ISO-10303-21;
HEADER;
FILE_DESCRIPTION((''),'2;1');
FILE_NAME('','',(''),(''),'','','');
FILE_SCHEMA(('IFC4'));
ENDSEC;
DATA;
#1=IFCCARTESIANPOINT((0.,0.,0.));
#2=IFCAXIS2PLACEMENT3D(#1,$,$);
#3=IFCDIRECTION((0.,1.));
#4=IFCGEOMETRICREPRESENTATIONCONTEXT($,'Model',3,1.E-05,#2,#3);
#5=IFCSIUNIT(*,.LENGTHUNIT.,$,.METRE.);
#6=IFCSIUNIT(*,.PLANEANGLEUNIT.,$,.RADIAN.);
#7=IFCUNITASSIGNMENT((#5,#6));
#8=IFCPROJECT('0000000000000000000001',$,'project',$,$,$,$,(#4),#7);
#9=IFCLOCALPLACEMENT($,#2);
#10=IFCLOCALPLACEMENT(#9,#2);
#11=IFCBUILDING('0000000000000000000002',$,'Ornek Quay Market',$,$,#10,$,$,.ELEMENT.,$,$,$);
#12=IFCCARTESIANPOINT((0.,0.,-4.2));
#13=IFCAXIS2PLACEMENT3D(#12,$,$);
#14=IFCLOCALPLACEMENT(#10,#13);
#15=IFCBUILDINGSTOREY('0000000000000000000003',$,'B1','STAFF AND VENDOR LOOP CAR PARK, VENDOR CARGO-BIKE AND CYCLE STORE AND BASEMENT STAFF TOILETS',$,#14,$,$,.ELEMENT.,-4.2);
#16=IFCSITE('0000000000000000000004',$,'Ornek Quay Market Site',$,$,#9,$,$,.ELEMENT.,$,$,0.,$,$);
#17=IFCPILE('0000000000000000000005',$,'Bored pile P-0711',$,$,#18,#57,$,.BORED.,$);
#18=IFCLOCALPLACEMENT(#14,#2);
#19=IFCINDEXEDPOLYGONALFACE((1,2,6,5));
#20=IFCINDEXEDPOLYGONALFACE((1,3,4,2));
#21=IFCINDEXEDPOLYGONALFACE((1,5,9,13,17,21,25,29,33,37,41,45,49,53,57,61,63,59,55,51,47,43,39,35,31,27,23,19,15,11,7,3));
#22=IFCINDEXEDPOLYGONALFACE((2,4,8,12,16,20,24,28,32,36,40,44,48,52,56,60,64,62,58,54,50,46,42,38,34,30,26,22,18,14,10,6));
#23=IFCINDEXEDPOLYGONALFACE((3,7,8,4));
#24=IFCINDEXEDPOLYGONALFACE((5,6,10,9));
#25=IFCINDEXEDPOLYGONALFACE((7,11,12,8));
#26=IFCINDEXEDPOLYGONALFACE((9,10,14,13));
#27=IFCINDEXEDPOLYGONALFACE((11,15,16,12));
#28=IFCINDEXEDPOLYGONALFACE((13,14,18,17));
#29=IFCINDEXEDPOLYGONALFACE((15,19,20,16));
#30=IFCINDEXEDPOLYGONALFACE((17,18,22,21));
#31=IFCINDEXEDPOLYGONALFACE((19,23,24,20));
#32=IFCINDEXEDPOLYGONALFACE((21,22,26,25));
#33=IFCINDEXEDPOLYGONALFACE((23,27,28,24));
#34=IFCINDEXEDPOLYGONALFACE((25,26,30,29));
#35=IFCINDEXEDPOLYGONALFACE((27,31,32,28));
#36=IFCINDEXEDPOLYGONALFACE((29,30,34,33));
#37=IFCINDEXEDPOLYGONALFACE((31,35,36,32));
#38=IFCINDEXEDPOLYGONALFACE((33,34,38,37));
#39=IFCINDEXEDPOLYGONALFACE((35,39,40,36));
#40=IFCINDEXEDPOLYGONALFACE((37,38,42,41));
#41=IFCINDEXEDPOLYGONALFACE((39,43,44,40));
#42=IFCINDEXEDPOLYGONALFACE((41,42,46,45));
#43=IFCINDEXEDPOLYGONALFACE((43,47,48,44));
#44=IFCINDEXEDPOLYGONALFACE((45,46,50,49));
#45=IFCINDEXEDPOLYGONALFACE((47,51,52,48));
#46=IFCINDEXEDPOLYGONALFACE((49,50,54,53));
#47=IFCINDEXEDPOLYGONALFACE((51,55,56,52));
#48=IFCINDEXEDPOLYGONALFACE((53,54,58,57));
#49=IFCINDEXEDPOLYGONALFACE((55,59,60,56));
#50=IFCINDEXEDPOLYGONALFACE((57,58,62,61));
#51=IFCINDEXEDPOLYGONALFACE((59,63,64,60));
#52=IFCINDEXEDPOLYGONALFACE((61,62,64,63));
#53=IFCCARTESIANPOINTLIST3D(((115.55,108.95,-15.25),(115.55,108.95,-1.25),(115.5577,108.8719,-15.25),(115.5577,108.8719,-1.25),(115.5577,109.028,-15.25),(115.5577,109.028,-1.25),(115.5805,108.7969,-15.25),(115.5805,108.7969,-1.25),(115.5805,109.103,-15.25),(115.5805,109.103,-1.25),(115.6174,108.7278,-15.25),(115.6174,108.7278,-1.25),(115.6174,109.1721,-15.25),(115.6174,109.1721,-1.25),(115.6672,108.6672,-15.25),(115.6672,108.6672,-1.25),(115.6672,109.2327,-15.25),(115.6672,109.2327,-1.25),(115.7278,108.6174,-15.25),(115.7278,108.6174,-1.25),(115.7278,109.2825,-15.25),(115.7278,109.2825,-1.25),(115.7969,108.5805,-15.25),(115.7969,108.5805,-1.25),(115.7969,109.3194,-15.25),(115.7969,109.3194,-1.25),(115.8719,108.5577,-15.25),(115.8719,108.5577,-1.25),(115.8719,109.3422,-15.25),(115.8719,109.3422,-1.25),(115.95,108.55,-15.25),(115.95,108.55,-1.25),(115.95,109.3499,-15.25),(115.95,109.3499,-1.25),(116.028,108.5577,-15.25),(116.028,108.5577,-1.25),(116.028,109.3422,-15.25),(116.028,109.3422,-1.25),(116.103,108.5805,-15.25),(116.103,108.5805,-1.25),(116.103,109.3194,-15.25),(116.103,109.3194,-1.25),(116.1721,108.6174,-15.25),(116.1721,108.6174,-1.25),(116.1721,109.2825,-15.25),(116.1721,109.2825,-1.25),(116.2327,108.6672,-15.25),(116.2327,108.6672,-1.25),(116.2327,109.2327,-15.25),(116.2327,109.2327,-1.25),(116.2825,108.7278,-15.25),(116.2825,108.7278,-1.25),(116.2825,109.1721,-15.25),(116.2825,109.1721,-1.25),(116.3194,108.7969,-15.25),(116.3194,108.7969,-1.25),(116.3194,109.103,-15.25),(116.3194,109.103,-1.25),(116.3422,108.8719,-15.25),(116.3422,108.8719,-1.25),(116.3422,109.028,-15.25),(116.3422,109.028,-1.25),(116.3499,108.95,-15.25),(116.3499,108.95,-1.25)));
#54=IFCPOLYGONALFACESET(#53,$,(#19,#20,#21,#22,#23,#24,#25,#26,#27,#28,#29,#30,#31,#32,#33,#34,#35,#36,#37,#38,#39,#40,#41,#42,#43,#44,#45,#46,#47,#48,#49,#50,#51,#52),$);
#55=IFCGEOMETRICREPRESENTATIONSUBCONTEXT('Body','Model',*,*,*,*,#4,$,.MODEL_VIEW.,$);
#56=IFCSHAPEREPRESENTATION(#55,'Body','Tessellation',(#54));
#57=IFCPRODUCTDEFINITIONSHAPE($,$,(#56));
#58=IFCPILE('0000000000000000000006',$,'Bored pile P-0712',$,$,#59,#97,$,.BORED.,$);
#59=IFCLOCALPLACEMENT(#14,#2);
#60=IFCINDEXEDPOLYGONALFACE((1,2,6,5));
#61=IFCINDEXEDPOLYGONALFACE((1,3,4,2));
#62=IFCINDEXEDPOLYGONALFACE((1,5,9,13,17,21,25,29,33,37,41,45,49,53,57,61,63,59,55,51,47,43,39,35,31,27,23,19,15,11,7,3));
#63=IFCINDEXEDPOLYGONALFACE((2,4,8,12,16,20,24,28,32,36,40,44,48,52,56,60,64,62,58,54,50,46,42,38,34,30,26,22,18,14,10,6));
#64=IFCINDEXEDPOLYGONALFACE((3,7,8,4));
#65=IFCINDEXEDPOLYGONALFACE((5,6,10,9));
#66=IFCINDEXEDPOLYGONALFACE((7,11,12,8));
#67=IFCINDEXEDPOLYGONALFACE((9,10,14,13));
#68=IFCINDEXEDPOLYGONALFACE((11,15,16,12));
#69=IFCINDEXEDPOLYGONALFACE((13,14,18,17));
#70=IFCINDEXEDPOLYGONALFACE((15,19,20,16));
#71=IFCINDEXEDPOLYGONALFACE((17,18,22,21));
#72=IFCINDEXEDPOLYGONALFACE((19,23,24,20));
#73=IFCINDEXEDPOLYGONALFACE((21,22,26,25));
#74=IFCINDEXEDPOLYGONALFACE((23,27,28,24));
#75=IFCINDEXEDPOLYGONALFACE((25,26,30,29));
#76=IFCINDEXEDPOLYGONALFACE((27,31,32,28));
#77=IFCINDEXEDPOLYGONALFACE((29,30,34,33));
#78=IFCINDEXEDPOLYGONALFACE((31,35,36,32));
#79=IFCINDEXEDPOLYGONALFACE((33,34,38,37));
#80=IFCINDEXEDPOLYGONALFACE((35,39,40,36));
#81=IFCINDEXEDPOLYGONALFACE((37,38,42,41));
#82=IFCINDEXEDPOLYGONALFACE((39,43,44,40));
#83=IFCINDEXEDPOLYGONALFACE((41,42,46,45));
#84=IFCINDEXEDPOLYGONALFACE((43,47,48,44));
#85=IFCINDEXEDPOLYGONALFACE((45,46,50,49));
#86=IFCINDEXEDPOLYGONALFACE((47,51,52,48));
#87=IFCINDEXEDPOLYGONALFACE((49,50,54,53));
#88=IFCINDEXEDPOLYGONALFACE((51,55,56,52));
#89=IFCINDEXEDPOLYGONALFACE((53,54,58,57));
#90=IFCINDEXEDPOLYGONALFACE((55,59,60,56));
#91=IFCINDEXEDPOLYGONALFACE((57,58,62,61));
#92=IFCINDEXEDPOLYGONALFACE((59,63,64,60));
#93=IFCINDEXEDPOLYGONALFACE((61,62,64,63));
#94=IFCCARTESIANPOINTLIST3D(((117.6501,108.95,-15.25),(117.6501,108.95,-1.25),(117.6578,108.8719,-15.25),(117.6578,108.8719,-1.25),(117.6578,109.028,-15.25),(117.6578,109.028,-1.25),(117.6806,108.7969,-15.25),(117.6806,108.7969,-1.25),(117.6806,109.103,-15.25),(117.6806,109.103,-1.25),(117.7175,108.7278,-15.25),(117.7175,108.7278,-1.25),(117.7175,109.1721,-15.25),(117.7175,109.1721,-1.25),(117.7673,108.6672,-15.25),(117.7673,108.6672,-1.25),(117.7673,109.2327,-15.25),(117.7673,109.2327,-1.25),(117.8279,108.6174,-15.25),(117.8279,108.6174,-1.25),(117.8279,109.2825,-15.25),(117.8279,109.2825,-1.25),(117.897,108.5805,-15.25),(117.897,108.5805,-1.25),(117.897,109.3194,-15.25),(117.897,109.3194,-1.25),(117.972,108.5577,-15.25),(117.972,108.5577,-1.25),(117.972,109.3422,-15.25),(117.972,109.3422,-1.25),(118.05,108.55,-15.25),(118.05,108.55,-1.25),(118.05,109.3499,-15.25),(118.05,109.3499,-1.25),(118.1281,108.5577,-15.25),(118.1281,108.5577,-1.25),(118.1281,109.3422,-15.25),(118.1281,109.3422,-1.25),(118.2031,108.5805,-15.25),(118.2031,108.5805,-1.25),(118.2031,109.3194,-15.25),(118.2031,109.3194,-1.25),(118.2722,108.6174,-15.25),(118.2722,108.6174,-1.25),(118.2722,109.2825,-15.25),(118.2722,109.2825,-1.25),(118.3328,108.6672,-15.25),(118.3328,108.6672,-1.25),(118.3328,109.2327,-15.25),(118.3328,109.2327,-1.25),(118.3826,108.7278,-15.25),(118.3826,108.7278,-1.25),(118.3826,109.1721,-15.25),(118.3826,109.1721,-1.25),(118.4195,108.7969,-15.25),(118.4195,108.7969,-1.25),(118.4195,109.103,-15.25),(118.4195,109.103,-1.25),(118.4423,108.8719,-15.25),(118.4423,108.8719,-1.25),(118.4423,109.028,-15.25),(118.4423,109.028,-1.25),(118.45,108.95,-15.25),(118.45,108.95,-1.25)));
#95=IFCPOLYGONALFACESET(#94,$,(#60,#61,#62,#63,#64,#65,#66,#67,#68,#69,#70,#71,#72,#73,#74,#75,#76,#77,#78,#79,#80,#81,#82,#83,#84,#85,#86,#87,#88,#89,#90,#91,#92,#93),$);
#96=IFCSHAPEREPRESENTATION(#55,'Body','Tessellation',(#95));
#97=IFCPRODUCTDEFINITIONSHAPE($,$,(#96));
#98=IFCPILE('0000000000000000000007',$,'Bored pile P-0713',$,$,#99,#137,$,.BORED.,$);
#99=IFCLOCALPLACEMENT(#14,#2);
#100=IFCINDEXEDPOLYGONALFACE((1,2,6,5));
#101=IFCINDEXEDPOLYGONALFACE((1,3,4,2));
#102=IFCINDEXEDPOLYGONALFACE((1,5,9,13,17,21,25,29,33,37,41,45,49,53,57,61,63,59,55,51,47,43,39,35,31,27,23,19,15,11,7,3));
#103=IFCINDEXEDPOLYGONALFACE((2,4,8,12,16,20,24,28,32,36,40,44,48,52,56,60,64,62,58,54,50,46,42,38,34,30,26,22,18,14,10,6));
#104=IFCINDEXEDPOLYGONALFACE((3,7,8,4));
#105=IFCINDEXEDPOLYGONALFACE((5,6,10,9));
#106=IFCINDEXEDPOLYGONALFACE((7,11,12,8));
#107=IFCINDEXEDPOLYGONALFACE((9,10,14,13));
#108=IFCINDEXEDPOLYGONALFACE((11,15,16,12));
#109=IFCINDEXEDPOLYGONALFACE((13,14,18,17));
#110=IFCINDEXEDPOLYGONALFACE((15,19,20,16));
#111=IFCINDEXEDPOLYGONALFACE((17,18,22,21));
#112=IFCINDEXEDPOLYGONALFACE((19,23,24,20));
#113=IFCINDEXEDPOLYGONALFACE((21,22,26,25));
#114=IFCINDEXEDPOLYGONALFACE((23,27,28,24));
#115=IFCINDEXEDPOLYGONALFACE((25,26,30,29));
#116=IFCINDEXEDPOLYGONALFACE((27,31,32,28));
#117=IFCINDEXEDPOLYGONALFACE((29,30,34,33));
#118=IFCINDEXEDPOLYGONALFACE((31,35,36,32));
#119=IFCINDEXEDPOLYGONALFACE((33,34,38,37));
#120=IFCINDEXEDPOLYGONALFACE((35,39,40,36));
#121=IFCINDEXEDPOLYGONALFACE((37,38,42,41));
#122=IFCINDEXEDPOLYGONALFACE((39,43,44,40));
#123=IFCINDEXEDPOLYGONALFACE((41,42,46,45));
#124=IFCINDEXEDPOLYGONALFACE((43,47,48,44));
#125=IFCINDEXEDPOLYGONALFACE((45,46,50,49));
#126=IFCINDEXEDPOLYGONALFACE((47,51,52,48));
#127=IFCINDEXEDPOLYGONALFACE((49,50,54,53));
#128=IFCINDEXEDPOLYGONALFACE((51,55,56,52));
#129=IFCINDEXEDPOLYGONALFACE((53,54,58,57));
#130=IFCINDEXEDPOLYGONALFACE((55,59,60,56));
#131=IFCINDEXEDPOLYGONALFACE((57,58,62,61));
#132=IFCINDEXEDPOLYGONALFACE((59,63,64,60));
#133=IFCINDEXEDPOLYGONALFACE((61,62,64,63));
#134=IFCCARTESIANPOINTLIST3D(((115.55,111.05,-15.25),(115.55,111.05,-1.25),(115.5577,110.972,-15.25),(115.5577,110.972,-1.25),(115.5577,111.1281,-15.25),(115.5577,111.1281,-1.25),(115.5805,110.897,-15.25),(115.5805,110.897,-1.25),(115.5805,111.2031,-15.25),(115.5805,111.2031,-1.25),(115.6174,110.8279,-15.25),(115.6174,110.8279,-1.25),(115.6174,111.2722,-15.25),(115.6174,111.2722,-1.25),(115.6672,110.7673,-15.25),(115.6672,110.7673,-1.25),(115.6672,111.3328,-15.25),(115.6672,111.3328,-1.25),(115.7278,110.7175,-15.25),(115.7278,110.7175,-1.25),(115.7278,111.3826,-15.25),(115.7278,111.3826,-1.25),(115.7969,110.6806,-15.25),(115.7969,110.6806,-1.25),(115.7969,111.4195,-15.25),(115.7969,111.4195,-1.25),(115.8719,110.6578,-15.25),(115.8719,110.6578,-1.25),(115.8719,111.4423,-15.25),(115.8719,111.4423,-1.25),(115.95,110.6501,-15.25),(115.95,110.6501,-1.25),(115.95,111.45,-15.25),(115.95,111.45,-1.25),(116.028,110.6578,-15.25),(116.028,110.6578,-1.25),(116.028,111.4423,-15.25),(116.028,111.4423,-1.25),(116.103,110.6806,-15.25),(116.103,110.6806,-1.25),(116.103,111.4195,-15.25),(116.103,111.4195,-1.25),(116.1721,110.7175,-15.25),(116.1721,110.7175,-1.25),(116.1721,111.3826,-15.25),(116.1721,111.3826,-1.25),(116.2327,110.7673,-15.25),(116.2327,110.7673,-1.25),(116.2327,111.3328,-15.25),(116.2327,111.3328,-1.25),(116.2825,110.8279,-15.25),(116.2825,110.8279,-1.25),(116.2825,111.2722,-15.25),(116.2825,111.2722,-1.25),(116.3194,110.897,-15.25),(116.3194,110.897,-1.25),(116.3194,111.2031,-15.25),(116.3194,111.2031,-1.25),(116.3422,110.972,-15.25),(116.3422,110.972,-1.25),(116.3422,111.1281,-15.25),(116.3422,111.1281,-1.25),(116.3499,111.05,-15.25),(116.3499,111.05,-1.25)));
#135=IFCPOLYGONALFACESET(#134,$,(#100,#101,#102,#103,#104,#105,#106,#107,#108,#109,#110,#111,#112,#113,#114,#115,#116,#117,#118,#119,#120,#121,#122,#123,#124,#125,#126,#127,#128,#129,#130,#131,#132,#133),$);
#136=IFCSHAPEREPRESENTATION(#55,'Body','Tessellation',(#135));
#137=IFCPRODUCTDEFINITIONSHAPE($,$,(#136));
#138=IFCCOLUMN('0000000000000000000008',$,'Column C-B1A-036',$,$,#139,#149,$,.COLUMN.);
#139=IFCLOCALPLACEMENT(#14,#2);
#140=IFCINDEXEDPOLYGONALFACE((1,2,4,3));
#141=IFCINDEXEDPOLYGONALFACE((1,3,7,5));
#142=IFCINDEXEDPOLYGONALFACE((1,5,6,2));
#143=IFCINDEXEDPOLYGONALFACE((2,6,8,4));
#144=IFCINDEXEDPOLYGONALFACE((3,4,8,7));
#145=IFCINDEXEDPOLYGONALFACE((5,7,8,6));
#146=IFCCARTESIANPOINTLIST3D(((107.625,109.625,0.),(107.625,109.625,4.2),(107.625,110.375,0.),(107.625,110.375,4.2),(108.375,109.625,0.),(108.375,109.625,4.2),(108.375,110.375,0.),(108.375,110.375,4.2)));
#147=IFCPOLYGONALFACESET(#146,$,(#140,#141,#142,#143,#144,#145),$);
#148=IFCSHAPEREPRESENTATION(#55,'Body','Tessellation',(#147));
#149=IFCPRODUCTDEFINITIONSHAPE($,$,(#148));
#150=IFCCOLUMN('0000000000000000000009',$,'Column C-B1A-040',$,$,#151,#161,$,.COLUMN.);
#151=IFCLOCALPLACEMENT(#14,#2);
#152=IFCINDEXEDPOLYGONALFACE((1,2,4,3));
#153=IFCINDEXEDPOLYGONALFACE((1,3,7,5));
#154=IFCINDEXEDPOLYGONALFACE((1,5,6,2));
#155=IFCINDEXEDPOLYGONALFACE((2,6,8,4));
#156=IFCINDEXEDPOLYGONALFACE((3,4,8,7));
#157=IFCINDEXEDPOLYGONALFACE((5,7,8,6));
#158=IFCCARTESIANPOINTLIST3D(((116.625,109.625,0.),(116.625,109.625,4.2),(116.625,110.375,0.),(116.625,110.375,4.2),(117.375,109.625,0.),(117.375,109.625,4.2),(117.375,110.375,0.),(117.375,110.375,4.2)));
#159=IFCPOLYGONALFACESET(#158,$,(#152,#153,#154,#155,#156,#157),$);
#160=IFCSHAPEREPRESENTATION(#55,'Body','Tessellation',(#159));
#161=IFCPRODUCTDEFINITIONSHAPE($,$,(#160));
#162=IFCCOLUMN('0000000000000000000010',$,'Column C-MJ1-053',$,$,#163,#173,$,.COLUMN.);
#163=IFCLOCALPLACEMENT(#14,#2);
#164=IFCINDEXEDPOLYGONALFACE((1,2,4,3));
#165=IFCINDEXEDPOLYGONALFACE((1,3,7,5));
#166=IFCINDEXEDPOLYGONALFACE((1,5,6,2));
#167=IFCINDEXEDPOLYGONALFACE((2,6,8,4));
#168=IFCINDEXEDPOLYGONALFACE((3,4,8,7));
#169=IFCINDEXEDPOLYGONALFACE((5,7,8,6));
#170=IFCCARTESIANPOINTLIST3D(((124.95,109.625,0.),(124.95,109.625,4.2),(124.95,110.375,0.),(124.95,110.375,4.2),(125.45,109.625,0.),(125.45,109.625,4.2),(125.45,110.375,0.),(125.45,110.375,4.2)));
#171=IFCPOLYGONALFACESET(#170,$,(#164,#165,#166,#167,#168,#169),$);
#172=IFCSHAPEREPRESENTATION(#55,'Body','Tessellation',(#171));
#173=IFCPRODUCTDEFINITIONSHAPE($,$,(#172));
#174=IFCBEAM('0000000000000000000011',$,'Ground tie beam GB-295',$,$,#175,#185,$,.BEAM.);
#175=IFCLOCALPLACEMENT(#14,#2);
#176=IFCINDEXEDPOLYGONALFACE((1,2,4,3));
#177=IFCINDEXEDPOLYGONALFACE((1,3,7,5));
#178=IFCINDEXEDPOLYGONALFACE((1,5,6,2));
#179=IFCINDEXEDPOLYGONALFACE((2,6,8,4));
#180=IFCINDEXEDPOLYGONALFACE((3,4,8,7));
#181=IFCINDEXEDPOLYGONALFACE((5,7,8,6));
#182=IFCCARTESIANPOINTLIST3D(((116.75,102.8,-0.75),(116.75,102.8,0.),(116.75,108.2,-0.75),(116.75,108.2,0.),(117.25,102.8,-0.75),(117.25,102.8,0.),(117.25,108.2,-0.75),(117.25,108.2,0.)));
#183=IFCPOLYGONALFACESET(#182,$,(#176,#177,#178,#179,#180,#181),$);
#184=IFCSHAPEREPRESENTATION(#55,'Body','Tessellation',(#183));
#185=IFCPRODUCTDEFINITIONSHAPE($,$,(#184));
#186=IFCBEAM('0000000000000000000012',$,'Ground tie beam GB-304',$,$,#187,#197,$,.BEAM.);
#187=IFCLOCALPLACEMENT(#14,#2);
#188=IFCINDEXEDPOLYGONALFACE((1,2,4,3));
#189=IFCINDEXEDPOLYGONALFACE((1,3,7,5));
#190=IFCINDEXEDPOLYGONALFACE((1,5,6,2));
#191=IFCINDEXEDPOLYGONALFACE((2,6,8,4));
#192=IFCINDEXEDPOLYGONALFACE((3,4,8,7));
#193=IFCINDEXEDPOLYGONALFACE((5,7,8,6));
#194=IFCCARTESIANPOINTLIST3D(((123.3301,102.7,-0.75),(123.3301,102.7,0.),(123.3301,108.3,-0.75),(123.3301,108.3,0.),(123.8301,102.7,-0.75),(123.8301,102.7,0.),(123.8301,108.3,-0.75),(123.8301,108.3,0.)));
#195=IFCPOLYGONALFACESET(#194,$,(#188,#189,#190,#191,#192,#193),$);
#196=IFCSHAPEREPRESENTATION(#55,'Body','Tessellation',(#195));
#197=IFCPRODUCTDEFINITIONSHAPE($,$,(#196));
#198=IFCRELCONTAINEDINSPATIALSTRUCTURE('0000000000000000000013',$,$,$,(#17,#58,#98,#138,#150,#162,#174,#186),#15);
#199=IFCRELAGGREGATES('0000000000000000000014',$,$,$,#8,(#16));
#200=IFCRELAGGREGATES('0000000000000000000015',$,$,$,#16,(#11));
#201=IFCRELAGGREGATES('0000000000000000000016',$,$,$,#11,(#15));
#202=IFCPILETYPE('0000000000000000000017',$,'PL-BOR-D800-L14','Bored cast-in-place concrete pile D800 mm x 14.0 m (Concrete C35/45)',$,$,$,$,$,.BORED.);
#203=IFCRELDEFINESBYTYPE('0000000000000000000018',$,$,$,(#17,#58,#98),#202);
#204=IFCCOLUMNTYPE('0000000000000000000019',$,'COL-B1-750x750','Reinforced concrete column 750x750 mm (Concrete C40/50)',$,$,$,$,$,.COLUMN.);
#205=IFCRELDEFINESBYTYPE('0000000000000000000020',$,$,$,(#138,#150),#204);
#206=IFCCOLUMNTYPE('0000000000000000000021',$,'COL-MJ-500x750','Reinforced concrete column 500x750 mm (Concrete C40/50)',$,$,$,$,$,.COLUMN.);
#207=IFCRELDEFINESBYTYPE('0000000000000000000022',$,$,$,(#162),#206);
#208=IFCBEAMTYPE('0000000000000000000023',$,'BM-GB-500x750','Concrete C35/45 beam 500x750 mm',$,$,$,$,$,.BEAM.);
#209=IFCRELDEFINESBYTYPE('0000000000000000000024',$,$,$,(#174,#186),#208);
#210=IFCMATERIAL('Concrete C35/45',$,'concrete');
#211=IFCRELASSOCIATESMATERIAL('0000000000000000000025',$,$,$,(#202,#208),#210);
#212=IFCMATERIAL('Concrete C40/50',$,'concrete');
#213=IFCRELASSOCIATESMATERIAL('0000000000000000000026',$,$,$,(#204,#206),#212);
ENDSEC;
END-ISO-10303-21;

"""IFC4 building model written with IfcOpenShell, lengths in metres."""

from ifc_helpers import new_model, si_unit, direction, frame, origin, origin_2d, place, context, subcontext, project, spatial, rectangle, circle, extrude, material, material_profile, profile_set, type_object, element, save


model = new_model("IFC4")

# Units and contexts
model_context = context("Model", 3, precision=1e-05, world=origin(), true_north=direction((0.0, 1.0)))
body_context = subcontext(model_context, "Body", "Model", "MODEL_VIEW")
ifc_project = project(units=[si_unit("LENGTHUNIT", "METRE"), si_unit("PLANEANGLEUNIT", "RADIAN")], contexts=[model_context])

# Site, building, storey
site_placement = place(None, origin())
site = spatial("IfcSite", under=ifc_project, at=site_placement, Name="Ornek Quay Market Site", CompositionType="ELEMENT", RefElevation=0.0)
building_placement = place(site_placement, origin())
building = spatial("IfcBuilding", under=site, at=building_placement, Name="Ornek Quay Market", CompositionType="ELEMENT")
storey_placement = place(building_placement, frame((0.0, 0.0, -4.2)))
storey = spatial("IfcBuildingStorey", under=building, at=storey_placement, Name="B1", Description="STAFF AND VENDOR LOOP CAR PARK, VENDOR CARGO-BIKE AND CYCLE STORE AND BASEMENT STAFF TOILETS", CompositionType="ELEMENT", Elevation=-4.2)

# Piles
ifc_material_1 = material(Name="Concrete C35/45", Category="concrete")
ifc_material_profile_1 = material_profile(ifc_material_1, circle(Radius=0.3999, at=origin_2d()), Name="PILE D800", Category="concrete")
ifc_profile_set_1 = profile_set([ifc_material_profile_1], Name="Concrete C35/45")
pile_type_1 = type_object("IfcPileType", Name="PL-BOR-D800-L14", Description="Bored cast-in-place concrete pile D800 mm x 14.0 m (Concrete C35/45)", PredefinedType="BORED", material=ifc_profile_set_1)
for number, where, z_axis, x_axis, name in (
    (1, (115.95, 108.95, -1.25), (0.0, 0.0, -1.0), (1.0, 0.0, 0.0), "Bored pile P-0711"),
    (2, (118.05, 108.95, -1.25), (0.0, 0.0, -1.0), (1.0, 0.0, 0.0), "Bored pile P-0712"),
    (3, (115.95, 111.05, -1.25), (0.0, 0.0, -1.0), (1.0, 0.0, 0.0), "Bored pile P-0713"),
):
    element("IfcPile", number, at=place(storey_placement, frame(where, z_axis=z_axis, x_axis=x_axis)), inside=storey, type_object=pile_type_1, Name=name, PredefinedType="BORED", context=body_context, shape_type="SweptSolid", body=[
        extrude(circle(Radius=0.3999, at=origin_2d()), origin(), (0.0, 0.0, 1.0), 14.0),
    ])

# Columns
ifc_material_2 = material(Name="Concrete C40/50", Category="concrete")
ifc_material_profile_2 = material_profile(ifc_material_2, rectangle(XDim=0.75, YDim=0.75, at=origin_2d()), Name="RC 750x750", Category="concrete")
ifc_profile_set_2 = profile_set([ifc_material_profile_2], Name="Concrete C40/50")
column_type_1 = type_object("IfcColumnType", Name="COL-B1-750x750", Description="Reinforced concrete column 750x750 mm (Concrete C40/50)", PredefinedType="COLUMN", material=ifc_profile_set_2)
for number, where, z_axis, x_axis, name in (
    (4, (108.0, 110.0, 0.0), (0.0, 0.0, 1.0), (1.0, 0.0, 0.0), "Column C-B1A-036"),
    (5, (117.0, 110.0, 0.0), (0.0, 0.0, 1.0), (1.0, 0.0, 0.0), "Column C-B1A-040"),
):
    element("IfcColumn", number, at=place(storey_placement, frame(where, z_axis=z_axis, x_axis=x_axis)), inside=storey, type_object=column_type_1, Name=name, PredefinedType="COLUMN", context=body_context, shape_type="SweptSolid", body=[
        extrude(rectangle(XDim=0.75, YDim=0.75, at=origin_2d()), origin(), (0.0, 0.0, 1.0), 4.2),
    ])
ifc_material_profile_3 = material_profile(ifc_material_2, rectangle(XDim=0.5, YDim=0.75, at=origin_2d()), Name="RC 500x750", Category="concrete")
ifc_profile_set_3 = profile_set([ifc_material_profile_3], Name="Concrete C40/50")
column_type_2 = type_object("IfcColumnType", Name="COL-MJ-500x750", Description="Reinforced concrete column 500x750 mm (Concrete C40/50)", PredefinedType="COLUMN", material=ifc_profile_set_3)
column_placement = place(storey_placement, frame((125.2, 110.0, 0.0), z_axis=(0.0, 0.0, 1.0), x_axis=(1.0, 0.0, 0.0)))
element("IfcColumn", 6, at=column_placement, inside=storey, type_object=column_type_2, Name="Column C-MJ1-053", PredefinedType="COLUMN", context=body_context, shape_type="SweptSolid", body=[
    extrude(rectangle(XDim=0.5, YDim=0.75, at=origin_2d()), origin(), (0.0, 0.0, 1.0), 4.2),
])

# Beams
ifc_material_profile_4 = material_profile(ifc_material_1, rectangle(XDim=0.5, YDim=0.75, at=origin_2d()), Name="RC 500x750", Category="concrete")
ifc_profile_set_4 = profile_set([ifc_material_profile_4], Name="Concrete C35/45")
beam_type_1 = type_object("IfcBeamType", Name="BM-GB-500x750", Description="Concrete C35/45 beam 500x750 mm", PredefinedType="BEAM", material=ifc_profile_set_4)
beam_1_placement = place(storey_placement, frame((117.0, 102.8, -0.375), z_axis=(0.0, 1.0, 0.0), x_axis=(-1.0, 0.0, 0.0)))
element("IfcBeam", 7, at=beam_1_placement, inside=storey, type_object=beam_type_1, Name="Ground tie beam GB-295", PredefinedType="BEAM", context=body_context, shape_type="SweptSolid", body=[
    extrude(rectangle(XDim=0.5, YDim=0.75, at=origin_2d()), origin(), (0.0, 0.0, 1.0), 5.3999),
])
beam_2_placement = place(storey_placement, frame((123.5801, 102.7, -0.375), z_axis=(0.0, 1.0, 0.0), x_axis=(-1.0, 0.0, 0.0)))
element("IfcBeam", 8, at=beam_2_placement, inside=storey, type_object=beam_type_1, Name="Ground tie beam GB-304", PredefinedType="BEAM", context=body_context, shape_type="SweptSolid", body=[
    extrude(rectangle(XDim=0.5, YDim=0.75, at=origin_2d()), origin(), (0.0, 0.0, 1.0), 5.6001),
])

save(model, "model.ifc")
